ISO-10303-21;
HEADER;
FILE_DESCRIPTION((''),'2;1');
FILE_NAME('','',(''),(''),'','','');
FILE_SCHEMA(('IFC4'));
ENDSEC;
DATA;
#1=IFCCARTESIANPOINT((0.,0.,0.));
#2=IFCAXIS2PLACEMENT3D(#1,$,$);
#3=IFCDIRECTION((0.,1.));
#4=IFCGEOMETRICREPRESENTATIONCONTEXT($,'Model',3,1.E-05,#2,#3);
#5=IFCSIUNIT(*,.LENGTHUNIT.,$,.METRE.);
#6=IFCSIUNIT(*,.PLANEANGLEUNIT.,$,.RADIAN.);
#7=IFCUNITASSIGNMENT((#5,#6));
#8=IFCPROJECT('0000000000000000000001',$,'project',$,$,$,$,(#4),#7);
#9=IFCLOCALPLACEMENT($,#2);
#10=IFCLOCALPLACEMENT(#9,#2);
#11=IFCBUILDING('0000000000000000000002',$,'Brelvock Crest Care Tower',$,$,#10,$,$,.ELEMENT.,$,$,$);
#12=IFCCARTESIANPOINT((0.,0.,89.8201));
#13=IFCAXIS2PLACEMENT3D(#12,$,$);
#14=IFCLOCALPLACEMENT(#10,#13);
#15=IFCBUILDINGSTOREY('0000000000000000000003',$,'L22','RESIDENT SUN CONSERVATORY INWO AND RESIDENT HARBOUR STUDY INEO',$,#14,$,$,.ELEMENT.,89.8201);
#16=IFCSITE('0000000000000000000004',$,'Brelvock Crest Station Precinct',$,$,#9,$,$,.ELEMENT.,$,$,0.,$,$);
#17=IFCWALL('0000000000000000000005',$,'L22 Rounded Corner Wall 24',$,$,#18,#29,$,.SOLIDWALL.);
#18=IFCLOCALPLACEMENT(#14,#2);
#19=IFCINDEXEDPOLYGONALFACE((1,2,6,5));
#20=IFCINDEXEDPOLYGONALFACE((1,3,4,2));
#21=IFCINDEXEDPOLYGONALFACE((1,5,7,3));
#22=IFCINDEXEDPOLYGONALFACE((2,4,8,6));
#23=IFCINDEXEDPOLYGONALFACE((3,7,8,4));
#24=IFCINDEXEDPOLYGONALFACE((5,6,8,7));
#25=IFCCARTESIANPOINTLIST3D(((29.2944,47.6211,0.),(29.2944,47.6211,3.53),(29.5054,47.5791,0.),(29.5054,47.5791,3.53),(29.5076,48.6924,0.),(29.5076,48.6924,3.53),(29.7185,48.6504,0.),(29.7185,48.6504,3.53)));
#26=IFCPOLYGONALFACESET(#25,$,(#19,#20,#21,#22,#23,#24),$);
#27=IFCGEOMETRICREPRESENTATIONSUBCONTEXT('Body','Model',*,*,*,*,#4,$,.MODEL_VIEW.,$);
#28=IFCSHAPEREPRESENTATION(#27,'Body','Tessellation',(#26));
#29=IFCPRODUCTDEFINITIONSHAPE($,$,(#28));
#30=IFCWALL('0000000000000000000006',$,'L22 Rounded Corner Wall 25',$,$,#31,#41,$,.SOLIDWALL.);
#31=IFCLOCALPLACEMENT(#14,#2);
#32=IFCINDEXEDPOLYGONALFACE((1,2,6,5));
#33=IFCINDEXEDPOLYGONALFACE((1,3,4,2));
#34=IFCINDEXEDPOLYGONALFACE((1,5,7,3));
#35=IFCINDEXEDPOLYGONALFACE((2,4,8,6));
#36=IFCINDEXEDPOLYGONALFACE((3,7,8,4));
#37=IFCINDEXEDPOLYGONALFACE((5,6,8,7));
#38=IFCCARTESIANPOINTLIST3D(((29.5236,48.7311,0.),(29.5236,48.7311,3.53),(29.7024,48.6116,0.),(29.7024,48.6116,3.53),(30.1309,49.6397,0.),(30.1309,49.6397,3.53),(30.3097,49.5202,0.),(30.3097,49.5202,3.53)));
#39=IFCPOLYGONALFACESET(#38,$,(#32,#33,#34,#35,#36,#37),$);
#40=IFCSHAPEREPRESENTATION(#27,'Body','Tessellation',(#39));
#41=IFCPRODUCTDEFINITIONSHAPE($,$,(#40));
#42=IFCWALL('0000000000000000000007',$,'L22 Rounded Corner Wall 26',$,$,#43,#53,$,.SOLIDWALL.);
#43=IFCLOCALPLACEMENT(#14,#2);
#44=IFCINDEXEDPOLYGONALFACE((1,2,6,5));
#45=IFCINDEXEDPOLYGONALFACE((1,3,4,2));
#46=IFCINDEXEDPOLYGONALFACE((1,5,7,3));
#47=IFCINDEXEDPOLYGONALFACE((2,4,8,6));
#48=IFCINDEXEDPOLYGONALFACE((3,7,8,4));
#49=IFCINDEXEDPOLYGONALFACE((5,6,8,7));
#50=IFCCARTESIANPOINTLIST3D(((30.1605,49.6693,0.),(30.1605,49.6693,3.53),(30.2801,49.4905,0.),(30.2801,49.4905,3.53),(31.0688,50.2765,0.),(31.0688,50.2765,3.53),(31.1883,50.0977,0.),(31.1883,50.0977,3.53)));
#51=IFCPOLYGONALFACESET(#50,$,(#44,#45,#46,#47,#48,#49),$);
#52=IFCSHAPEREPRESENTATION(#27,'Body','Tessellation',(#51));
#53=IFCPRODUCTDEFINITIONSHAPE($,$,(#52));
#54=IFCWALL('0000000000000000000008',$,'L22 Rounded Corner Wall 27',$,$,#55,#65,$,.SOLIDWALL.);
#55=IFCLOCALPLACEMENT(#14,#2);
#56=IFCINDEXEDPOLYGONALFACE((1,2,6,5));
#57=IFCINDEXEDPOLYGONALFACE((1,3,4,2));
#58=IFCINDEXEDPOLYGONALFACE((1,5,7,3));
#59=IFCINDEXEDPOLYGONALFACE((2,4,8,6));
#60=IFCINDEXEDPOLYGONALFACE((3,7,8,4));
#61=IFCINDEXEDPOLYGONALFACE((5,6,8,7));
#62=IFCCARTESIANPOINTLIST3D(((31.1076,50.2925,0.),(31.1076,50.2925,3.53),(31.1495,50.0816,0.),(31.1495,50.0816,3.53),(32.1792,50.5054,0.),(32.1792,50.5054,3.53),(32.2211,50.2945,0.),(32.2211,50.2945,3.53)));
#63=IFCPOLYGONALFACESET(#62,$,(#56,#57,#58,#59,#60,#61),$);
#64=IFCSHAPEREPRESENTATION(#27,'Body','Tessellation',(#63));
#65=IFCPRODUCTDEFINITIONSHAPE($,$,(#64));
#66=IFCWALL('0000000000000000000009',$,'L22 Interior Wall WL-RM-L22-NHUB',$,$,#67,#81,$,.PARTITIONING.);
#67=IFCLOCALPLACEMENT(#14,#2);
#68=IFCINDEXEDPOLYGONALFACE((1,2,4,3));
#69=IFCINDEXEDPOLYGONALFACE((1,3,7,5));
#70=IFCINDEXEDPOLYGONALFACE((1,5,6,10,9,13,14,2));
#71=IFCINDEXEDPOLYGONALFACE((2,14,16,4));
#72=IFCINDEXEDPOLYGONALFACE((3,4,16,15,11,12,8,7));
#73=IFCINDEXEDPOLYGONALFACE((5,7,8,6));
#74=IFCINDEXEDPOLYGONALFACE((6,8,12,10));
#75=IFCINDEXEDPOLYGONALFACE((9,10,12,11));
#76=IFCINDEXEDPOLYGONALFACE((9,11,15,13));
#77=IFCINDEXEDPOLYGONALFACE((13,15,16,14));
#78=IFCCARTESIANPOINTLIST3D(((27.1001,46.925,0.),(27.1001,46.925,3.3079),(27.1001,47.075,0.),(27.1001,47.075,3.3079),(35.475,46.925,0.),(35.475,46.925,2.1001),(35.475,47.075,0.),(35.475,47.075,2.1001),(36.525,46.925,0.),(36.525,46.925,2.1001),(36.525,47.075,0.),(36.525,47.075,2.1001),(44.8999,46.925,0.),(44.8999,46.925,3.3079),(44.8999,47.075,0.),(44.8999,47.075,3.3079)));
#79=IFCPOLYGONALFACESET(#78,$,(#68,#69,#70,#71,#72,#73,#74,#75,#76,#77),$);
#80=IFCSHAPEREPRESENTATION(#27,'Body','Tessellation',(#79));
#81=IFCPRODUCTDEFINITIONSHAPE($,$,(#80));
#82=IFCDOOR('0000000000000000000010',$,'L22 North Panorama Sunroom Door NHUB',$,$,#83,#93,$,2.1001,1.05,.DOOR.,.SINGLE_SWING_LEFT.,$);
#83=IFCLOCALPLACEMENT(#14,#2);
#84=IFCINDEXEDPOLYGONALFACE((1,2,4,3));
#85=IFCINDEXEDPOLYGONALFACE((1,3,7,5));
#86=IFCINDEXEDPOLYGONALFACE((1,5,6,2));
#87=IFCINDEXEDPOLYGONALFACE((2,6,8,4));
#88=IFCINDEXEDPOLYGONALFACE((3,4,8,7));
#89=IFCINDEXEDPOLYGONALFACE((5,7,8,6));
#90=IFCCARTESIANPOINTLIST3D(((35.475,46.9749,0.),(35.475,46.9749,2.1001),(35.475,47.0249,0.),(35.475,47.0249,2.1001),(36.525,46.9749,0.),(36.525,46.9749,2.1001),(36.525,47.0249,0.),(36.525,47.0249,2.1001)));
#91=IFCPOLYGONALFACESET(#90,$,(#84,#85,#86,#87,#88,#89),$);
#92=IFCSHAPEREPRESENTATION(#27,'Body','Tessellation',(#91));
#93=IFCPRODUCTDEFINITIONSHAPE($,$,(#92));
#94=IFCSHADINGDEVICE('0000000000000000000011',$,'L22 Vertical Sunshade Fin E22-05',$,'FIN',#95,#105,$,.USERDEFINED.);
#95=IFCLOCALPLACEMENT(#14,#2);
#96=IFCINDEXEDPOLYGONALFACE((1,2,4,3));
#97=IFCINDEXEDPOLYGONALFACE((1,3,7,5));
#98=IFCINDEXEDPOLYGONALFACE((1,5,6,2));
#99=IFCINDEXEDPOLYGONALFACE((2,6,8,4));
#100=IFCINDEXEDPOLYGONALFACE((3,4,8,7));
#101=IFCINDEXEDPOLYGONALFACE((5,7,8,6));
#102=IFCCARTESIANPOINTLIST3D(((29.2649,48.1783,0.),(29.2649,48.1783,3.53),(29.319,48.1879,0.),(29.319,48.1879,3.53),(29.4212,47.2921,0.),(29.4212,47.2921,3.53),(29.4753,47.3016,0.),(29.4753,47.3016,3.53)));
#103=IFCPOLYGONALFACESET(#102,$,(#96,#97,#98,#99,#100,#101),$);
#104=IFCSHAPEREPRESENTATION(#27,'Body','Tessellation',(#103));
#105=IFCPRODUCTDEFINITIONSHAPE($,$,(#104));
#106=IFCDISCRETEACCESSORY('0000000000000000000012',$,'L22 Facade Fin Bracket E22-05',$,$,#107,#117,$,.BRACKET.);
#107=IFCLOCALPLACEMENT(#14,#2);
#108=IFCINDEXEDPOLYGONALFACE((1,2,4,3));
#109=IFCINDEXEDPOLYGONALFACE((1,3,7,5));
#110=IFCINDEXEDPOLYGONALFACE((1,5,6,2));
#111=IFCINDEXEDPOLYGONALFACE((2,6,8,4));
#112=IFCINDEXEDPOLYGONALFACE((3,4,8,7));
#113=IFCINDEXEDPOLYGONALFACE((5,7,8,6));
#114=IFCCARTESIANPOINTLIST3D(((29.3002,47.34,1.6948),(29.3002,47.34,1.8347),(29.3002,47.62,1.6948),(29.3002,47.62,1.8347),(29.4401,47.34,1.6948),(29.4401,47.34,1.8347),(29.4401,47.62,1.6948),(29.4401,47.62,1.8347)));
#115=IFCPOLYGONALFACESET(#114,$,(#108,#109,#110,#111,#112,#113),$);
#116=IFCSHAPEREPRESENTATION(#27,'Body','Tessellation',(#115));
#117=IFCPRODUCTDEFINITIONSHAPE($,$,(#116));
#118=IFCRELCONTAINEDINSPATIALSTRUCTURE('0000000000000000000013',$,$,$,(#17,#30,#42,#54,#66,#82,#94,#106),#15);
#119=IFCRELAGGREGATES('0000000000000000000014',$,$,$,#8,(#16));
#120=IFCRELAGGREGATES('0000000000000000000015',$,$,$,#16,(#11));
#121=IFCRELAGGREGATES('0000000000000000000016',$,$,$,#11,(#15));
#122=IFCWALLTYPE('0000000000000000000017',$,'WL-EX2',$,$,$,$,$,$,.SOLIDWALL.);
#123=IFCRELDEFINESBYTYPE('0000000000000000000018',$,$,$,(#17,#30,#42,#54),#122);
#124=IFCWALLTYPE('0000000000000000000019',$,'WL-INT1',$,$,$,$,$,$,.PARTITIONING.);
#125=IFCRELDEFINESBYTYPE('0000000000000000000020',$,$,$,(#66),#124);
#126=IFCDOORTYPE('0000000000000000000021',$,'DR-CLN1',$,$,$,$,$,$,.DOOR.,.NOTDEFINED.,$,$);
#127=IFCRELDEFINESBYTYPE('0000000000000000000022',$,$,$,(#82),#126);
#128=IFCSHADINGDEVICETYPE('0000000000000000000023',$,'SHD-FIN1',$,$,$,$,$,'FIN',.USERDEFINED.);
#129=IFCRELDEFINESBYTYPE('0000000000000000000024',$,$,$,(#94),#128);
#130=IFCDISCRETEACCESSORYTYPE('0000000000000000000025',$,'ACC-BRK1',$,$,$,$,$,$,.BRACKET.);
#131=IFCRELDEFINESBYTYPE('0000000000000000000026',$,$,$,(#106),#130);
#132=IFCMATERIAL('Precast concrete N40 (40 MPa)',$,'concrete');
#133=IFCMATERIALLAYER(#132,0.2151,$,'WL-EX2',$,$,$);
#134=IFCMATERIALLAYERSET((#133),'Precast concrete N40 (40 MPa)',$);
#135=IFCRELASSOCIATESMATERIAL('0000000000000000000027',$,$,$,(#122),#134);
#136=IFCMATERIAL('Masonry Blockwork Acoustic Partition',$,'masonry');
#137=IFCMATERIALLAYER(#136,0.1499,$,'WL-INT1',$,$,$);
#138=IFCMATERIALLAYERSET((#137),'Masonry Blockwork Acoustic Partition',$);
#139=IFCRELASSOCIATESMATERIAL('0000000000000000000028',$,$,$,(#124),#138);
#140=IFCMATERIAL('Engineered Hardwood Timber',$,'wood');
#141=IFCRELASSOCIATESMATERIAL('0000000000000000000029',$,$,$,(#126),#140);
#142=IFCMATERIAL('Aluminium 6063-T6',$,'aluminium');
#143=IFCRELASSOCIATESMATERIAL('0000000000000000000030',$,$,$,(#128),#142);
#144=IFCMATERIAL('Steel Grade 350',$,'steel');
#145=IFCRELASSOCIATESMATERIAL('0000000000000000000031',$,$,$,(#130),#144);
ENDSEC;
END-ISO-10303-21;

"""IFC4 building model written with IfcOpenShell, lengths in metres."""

from ifc_helpers import new_model, si_unit, direction, frame, frame_2d, origin, origin_2d, place, context, subcontext, project, spatial, rectangle, extrude, source, transform, mapped, material, layer, layer_set, material_profile, profile_set, type_object, element, fill, save


model = new_model("IFC4")

# Units and contexts
model_context = context("Model", 3, precision=1e-05, world=origin(), true_north=direction((0.0, 1.0)))
body_context = subcontext(model_context, "Body", "Model", "MODEL_VIEW")
ifc_project = project(units=[si_unit("LENGTHUNIT", "METRE"), si_unit("PLANEANGLEUNIT", "RADIAN")], contexts=[model_context])

# Site, building, storey
site_placement = place(None, origin())
site = spatial("IfcSite", under=ifc_project, at=site_placement, Name="Brelvock Crest Station Precinct", CompositionType="ELEMENT", RefElevation=0.0)
building_placement = place(site_placement, origin())
building = spatial("IfcBuilding", under=site, at=building_placement, Name="Brelvock Crest Care Tower", CompositionType="ELEMENT")
storey_placement = place(building_placement, frame((0.0, 0.0, 89.8201)))
storey = spatial("IfcBuildingStorey", under=building, at=storey_placement, Name="L22", Description="RESIDENT SUN CONSERVATORY INWO AND RESIDENT HARBOUR STUDY INEO", CompositionType="ELEMENT", Elevation=89.8201)

# Shared definitions
ifc_material_1 = material(Name="Steel Grade 350", Category="steel")

# Shared definitions
ifc_material_2 = material(Name="Aluminium 6063-T6", Category="aluminium")

# Walls
ifc_material_3 = material(Name="Precast concrete N40 (40 MPa)", Category="concrete")
ifc_layer_1 = layer(ifc_material_3, 0.2151, Name="WL-EX2")
ifc_layer_set_1 = layer_set([ifc_layer_1], Name="Precast concrete N40 (40 MPa)")
wall_type_1 = type_object("IfcWallType", Name="WL-EX2", PredefinedType="SOLIDWALL", material=ifc_layer_set_1)
wall_1_placement = place(storey_placement, frame((29.3999, 47.6001, 0.0), z_axis=(0.0, 0.0, 1.0), x_axis=(0.195127, 0.980778, 0.0)))
element("IfcWall", 1, at=wall_1_placement, inside=storey, type_object=wall_type_1, Name="L22 Rounded Corner Wall 24", PredefinedType="SOLIDWALL", context=body_context, shape_type="SweptSolid", body=[
    extrude(rectangle(XDim=1.0923, YDim=0.2151, at=frame_2d((0.5461, 0.0))), origin(), (0.0, 0.0, 1.0), 3.53),
])
wall_2_placement = place(storey_placement, frame((29.613, 48.6714, 0.0), z_axis=(0.0, 0.0, 1.0), x_axis=(0.555679, 0.831397, 0.0)))
element("IfcWall", 2, at=wall_2_placement, inside=storey, type_object=wall_type_1, Name="L22 Rounded Corner Wall 25", PredefinedType="SOLIDWALL", context=body_context, shape_type="SweptSolid", body=[
    extrude(rectangle(XDim=1.0928, YDim=0.2151, at=frame_2d((0.5464, 0.0))), origin(), (0.0, 0.0, 1.0), 3.53),
])
for number, where, z_axis, x_axis, name in (
    (3, (30.2202, 49.5798, 0.0), (0.0, 0.0, 1.0), (0.831328, 0.555783, 0.0), "L22 Rounded Corner Wall 26"),
    (4, (31.1284, 50.187, 0.0), (0.0, 0.0, 1.0), (0.980829, 0.19487, 0.0), "L22 Rounded Corner Wall 27"),
):
    element("IfcWall", number, at=place(storey_placement, frame(where, z_axis=z_axis, x_axis=x_axis)), inside=storey, type_object=wall_type_1, Name=name, PredefinedType="SOLIDWALL", context=body_context, shape_type="SweptSolid", body=[
        extrude(rectangle(XDim=1.0925, YDim=0.2151, at=frame_2d((0.5464, 0.0))), origin(), (0.0, 0.0, 1.0), 3.53),
    ])

# Wall, opening, door
ifc_material_4 = material(Name="Masonry Blockwork Acoustic Partition", Category="masonry")
ifc_layer_2 = layer(ifc_material_4, 0.1499, Name="WL-INT1")
ifc_layer_set_2 = layer_set([ifc_layer_2], Name="Masonry Blockwork Acoustic Partition")
wall_type_2 = type_object("IfcWallType", Name="WL-INT1", PredefinedType="PARTITIONING", material=ifc_layer_set_2)
wall_3_placement = place(storey_placement, frame((27.1001, 47.0, 0.0), z_axis=(0.0, 0.0, 1.0), x_axis=(1.0, 0.0, 0.0)))
wall_3 = element("IfcWall", 5, at=wall_3_placement, inside=storey, type_object=wall_type_2, Name="L22 Interior Wall WL-RM-L22-NHUB", PredefinedType="PARTITIONING", context=body_context, shape_type="SweptSolid", body=[
    extrude(rectangle(XDim=17.7998, YDim=0.1499, at=frame_2d((8.8999, 0.0))), origin(), (0.0, 0.0, 1.0), 3.3079),
])
opening_placement = place(wall_3_placement, frame((8.375, 0.0, 0.0)))
opening = element("IfcOpeningElement", 6, at=opening_placement, cuts=wall_3, PredefinedType="OPENING", context=body_context, shape_type="SweptSolid", body=[
    extrude(rectangle(XDim=1.05, YDim=2.1001, at=origin_2d()), frame((0.5249, 0.085, 1.05), z_axis=(0.0, -1.0, 0.0), x_axis=(1.0, 0.0, 0.0)), (0.0, 0.0, 1.0), 0.1699),
])
ifc_material_5 = material(Name="Engineered Hardwood Timber", Category="wood")
door_type = type_object("IfcDoorType", Name="DR-CLN1", OperationType="NOTDEFINED", PredefinedType="DOOR", material=ifc_material_5)
shared_shape_1 = source(origin(), body_context, "Body", "SweptSolid", [
    extrude(rectangle(XDim=1.05, YDim=2.1001, at=origin_2d()), frame((0.5249, 0.0249, 1.05), z_axis=(0.0, -1.0, 0.0), x_axis=(1.0, 0.0, 0.0)), (0.0, 0.0, 1.0), 0.05),
])
door_placement = place(opening_placement, origin())
door = element("IfcDoor", 7, at=door_placement, inside=storey, type_object=door_type, Name="L22 North Panorama Sunroom Door NHUB", OperationType="SINGLE_SWING_LEFT", OverallHeight=2.1001, OverallWidth=1.05, PredefinedType="DOOR", context=body_context, shape_type="MappedRepresentation", body=[
    mapped(shared_shape_1, transform((0.0, 0.0, 0.0), x_axis=(1.0, 0.0, 0.0), y_axis=(0.0, 1.0, 0.0), z_axis=(0.0, 0.0, 1.0), scale=1.0)),
])
fill(opening, door)

# Shading device
ifc_material_profile_1 = material_profile(ifc_material_2, rectangle(XDim=0.0549, YDim=0.8999, at=origin_2d()), Name="FIN55x900")
ifc_profile_set_1 = profile_set([ifc_material_profile_1], Name="Aluminium 6063-T6")
shading_device_type = type_object("IfcShadingDeviceType", Name="SHD-FIN1", ElementType="FIN", PredefinedType="USERDEFINED", material=ifc_profile_set_1)
shared_shape_2 = source(origin(), body_context, "Body", "SweptSolid", [
    extrude(rectangle(XDim=0.0549, YDim=0.8999, at=origin_2d()), origin(), (0.0, 0.0, 1.0), 3.53),
])
shading_device_placement = place(storey_placement, frame((29.3701, 47.74, 0.0), z_axis=(0.0, 0.0, 1.0), x_axis=(0.984808, 0.173648, 0.0)))
element("IfcShadingDevice", 8, at=shading_device_placement, inside=storey, type_object=shading_device_type, Name="L22 Vertical Sunshade Fin E22-05", ObjectType="FIN", PredefinedType="USERDEFINED", context=body_context, shape_type="MappedRepresentation", body=[
    mapped(shared_shape_2, transform((0.0, 0.0, 0.0), x_axis=(1.0, 0.0, 0.0), y_axis=(0.0, 1.0, 0.0), z_axis=(0.0, 0.0, 1.0), scale=1.0)),
])

# Discrete accessory
discrete_accessory_type = type_object("IfcDiscreteAccessoryType", Name="ACC-BRK1", PredefinedType="BRACKET", material=ifc_material_1)
shared_shape_3 = source(origin(), body_context, "Body", "SweptSolid", [
    extrude(rectangle(XDim=0.28, YDim=0.1399, at=origin_2d()), origin(), (0.0, 0.0, 1.0), 0.1399),
])
discrete_accessory_placement = place(storey_placement, frame((29.3701, 47.48, 1.6948), z_axis=(0.0, 0.0, 1.0), x_axis=(0.0, 1.0, 0.0)))
element("IfcDiscreteAccessory", 9, at=discrete_accessory_placement, inside=storey, type_object=discrete_accessory_type, Name="L22 Facade Fin Bracket E22-05", PredefinedType="BRACKET", context=body_context, shape_type="MappedRepresentation", body=[
    mapped(shared_shape_3, transform((0.0, 0.0, 0.0), x_axis=(1.0, 0.0, 0.0), y_axis=(0.0, 1.0, 0.0), z_axis=(0.0, 0.0, 1.0), scale=1.0)),
])

save(model, "model.ifc")
